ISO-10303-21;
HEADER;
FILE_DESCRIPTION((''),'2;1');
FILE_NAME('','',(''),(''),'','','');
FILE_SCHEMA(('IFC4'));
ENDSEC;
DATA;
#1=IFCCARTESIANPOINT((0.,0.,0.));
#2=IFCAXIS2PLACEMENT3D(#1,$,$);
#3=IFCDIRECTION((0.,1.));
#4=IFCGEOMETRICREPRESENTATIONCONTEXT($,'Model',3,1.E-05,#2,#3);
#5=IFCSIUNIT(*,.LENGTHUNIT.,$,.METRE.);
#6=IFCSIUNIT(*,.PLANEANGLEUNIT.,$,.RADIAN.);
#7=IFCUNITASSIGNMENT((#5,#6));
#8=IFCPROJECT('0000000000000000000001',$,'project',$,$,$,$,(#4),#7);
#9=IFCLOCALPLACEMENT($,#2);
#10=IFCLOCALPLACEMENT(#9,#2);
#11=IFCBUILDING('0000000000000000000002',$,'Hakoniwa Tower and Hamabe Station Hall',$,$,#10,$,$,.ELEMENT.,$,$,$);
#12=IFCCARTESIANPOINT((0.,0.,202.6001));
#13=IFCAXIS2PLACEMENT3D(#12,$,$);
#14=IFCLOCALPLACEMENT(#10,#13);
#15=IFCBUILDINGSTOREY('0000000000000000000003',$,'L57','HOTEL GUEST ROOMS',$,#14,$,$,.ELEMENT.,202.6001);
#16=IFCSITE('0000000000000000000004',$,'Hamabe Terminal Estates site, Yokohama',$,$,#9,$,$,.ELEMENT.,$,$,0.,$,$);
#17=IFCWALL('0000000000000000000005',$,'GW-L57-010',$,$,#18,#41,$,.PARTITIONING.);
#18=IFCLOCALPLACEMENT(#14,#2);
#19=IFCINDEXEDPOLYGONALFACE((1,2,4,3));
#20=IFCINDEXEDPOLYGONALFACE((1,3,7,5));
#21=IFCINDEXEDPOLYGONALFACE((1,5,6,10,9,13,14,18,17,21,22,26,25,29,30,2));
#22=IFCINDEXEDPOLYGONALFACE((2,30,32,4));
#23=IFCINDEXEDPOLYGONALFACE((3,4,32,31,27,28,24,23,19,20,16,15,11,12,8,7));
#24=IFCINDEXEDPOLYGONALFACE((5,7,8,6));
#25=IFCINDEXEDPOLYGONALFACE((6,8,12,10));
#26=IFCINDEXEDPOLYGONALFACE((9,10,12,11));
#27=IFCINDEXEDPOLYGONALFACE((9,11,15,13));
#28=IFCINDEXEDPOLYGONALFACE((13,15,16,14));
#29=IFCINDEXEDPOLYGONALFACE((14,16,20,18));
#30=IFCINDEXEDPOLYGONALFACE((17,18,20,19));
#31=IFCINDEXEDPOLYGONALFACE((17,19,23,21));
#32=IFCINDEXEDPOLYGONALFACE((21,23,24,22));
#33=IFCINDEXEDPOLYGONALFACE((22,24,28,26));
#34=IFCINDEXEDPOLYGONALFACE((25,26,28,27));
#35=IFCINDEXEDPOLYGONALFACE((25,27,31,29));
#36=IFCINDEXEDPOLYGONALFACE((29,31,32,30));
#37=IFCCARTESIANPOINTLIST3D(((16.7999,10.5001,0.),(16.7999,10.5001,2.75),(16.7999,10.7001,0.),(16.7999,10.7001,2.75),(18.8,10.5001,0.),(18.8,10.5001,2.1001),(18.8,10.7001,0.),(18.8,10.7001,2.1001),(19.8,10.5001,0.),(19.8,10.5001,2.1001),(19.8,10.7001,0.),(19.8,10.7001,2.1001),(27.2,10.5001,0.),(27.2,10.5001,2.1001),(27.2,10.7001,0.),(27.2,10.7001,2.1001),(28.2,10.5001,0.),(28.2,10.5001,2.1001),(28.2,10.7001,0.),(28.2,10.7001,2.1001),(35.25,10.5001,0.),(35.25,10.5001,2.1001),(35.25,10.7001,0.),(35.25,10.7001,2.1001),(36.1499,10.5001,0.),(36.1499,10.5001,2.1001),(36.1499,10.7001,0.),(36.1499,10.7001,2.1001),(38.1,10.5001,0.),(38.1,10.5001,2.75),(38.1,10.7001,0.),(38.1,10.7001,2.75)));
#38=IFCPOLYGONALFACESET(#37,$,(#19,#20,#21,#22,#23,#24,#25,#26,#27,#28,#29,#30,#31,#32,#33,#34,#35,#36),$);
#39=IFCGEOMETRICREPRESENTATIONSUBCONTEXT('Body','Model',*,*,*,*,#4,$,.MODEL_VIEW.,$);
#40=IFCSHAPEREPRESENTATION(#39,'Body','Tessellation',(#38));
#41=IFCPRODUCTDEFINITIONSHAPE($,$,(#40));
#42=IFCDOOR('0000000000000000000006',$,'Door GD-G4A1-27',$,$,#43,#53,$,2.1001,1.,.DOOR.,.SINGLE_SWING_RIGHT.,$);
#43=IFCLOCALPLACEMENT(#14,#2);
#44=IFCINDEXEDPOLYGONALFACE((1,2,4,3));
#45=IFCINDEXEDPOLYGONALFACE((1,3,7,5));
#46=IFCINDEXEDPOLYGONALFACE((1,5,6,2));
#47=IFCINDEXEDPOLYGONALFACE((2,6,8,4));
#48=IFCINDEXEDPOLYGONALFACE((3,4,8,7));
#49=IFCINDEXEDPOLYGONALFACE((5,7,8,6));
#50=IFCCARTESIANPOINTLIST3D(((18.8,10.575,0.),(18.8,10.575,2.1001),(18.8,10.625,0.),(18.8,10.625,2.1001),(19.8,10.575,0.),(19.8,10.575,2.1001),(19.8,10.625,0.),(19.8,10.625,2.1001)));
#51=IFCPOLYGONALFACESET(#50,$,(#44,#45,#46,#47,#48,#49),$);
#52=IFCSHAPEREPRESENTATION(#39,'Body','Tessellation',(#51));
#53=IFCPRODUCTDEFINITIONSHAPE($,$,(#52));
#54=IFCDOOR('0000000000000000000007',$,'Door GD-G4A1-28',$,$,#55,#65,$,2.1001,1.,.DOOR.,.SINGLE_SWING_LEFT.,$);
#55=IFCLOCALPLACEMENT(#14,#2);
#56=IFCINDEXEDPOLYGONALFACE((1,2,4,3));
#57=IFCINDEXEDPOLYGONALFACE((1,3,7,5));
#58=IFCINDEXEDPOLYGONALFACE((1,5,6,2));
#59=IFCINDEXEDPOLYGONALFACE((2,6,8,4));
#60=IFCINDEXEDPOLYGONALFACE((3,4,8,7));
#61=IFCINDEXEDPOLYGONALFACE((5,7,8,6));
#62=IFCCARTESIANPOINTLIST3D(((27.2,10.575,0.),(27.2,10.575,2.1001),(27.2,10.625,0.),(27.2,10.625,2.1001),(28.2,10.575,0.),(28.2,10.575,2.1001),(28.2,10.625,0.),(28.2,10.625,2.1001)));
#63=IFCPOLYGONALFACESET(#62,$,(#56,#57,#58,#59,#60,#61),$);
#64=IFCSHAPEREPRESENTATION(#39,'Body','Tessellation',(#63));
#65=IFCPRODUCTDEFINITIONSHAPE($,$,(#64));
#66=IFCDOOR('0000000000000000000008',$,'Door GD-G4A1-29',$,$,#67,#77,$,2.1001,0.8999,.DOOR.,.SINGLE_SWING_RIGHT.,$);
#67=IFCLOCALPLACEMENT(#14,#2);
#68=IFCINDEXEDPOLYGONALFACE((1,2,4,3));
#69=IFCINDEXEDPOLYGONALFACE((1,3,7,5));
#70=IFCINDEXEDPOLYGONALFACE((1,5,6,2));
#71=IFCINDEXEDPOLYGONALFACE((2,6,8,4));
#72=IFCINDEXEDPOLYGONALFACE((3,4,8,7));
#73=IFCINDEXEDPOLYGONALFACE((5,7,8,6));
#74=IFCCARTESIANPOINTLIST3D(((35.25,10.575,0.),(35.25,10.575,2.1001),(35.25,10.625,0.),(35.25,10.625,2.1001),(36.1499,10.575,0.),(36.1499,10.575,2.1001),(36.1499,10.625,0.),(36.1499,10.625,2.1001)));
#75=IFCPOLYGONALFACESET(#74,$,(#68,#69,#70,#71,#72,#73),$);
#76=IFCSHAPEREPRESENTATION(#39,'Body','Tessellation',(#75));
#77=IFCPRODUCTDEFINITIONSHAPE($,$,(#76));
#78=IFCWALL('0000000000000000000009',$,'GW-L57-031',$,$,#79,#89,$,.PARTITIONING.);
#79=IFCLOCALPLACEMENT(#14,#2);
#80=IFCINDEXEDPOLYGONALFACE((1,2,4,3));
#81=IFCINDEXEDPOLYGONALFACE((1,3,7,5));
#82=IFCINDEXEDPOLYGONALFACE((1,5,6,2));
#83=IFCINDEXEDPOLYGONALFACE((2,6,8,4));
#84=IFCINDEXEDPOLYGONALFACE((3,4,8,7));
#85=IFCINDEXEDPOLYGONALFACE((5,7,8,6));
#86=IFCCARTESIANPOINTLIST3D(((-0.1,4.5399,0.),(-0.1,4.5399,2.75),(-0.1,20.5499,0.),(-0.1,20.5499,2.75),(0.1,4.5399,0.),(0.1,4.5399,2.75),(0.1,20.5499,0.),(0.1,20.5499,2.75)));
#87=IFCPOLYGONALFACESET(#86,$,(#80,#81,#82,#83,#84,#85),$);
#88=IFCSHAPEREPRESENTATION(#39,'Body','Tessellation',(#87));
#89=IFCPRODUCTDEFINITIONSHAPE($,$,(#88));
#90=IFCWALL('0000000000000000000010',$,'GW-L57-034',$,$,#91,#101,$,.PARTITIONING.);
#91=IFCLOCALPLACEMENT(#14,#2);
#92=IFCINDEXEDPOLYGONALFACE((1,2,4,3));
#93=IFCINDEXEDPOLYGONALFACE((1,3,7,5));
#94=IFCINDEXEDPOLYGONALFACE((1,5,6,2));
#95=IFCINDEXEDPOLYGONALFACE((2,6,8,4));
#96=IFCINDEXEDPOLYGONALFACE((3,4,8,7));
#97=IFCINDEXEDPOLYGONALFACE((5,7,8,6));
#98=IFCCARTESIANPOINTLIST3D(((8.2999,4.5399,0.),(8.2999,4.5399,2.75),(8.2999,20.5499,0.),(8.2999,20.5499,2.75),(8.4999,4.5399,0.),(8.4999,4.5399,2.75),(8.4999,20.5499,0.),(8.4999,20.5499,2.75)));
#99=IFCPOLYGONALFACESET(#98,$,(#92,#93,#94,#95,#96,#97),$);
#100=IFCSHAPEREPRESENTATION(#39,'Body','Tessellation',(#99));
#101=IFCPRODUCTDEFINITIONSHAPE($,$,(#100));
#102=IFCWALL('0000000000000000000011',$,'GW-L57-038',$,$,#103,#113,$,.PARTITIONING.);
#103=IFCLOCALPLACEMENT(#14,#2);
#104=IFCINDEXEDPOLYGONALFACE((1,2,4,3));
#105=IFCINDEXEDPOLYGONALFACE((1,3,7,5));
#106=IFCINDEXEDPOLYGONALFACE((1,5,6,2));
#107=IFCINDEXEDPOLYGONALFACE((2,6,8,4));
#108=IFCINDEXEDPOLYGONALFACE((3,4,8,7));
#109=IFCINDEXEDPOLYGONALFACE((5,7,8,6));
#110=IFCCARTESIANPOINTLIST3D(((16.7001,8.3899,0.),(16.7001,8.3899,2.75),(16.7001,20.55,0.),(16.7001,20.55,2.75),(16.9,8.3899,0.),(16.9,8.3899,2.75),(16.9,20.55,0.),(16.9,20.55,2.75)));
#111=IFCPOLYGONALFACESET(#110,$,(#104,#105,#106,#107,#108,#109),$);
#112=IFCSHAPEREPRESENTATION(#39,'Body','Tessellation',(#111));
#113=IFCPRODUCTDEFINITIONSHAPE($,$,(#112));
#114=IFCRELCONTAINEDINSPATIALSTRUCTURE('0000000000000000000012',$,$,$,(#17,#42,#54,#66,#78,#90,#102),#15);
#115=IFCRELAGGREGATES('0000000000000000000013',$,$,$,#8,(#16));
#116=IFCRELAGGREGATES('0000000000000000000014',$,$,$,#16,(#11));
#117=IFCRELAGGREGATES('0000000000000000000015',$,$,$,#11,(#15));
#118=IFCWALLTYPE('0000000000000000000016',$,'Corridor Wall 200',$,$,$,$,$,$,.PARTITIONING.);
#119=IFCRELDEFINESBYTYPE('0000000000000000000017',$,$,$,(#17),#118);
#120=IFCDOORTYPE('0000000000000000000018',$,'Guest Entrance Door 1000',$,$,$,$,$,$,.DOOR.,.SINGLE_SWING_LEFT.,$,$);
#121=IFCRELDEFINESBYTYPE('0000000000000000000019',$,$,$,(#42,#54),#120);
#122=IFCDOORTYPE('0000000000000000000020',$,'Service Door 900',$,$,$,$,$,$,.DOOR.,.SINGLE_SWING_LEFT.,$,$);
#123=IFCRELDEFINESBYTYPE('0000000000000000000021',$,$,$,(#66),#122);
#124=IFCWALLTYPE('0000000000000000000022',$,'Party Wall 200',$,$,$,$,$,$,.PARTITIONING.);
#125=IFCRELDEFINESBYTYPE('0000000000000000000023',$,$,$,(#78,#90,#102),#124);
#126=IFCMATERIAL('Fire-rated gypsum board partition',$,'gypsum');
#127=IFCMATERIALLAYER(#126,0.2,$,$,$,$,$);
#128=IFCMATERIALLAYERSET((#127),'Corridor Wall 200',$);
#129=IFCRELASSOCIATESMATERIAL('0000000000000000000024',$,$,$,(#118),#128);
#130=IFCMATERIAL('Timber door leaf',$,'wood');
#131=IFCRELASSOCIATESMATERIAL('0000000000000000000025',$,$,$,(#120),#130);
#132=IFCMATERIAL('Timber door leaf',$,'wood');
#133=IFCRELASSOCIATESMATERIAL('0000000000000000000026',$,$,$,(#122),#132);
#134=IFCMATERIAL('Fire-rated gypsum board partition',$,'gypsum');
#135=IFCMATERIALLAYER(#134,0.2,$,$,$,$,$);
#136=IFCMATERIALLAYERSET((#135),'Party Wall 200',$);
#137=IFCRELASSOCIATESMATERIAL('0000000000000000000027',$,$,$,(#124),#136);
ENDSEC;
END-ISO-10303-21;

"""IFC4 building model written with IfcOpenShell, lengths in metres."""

from ifc_helpers import new_model, si_unit, direction, frame, frame_2d, origin, place, context, subcontext, project, spatial, rectangle, extrude, material, layer, layer_set, type_object, element, fill, save


model = new_model("IFC4")

# Units and contexts
model_context = context("Model", 3, precision=1e-05, world=origin(), true_north=direction((0.0, 1.0)))
body_context = subcontext(model_context, "Body", "Model", "MODEL_VIEW")
ifc_project = project(units=[si_unit("LENGTHUNIT", "METRE"), si_unit("PLANEANGLEUNIT", "RADIAN")], contexts=[model_context])

# Site, building, storey
site_placement = place(None, origin())
site = spatial("IfcSite", under=ifc_project, at=site_placement, Name="Hamabe Terminal Estates site, Yokohama", CompositionType="ELEMENT", RefElevation=0.0)
building_placement = place(site_placement, origin())
building = spatial("IfcBuilding", under=site, at=building_placement, Name="Hakoniwa Tower and Hamabe Station Hall", CompositionType="ELEMENT")
storey_placement = place(building_placement, frame((0.0, 0.0, 202.6001)))
storey = spatial("IfcBuildingStorey", under=building, at=storey_placement, Name="L57", Description="HOTEL GUEST ROOMS", CompositionType="ELEMENT", Elevation=202.6001)

# Wall, openings, doors
ifc_material_1 = material(Name="Fire-rated gypsum board partition", Category="gypsum")
ifc_layer_1 = layer(ifc_material_1, 0.2)
ifc_layer_set_1 = layer_set([ifc_layer_1], Name="Corridor Wall 200")
wall_type_1 = type_object("IfcWallType", Name="Corridor Wall 200", PredefinedType="PARTITIONING", material=ifc_layer_set_1)
wall_1_placement = place(storey_placement, frame((16.8, 10.6001, 0.0), z_axis=(0.0, 0.0, 1.0), x_axis=(1.0, 0.0, 0.0)))
wall_1 = element("IfcWall", 1, at=wall_1_placement, inside=storey, type_object=wall_type_1, Name="GW-L57-010", PredefinedType="PARTITIONING", context=body_context, shape_type="SweptSolid", body=[
    extrude(rectangle(XDim=21.3, YDim=0.2, at=frame_2d((10.6499, 0.0))), origin(), (0.0, 0.0, 1.0), 2.75),
])
opening_1_placement = place(wall_1_placement, frame((2.0, 0.0, 0.0)))
opening_1 = element("IfcOpeningElement", 2, at=opening_1_placement, cuts=wall_1, PredefinedType="OPENING", context=body_context, shape_type="SweptSolid", body=[
    extrude(rectangle(XDim=1.0, YDim=2.1001, at=frame_2d((0.5, 1.05))), frame((0.0, 0.1099, 0.0), z_axis=(0.0, -1.0, 0.0), x_axis=(1.0, 0.0, 0.0)), (0.0, 0.0, 1.0), 0.22),
])
opening_2_placement = place(wall_1_placement, frame((10.3999, 0.0, 0.0)))
opening_2 = element("IfcOpeningElement", 3, at=opening_2_placement, cuts=wall_1, PredefinedType="OPENING", context=body_context, shape_type="SweptSolid", body=[
    extrude(rectangle(XDim=1.0, YDim=2.1001, at=frame_2d((0.5, 1.05))), frame((0.0, 0.1099, 0.0), z_axis=(0.0, -1.0, 0.0), x_axis=(1.0, 0.0, 0.0)), (0.0, 0.0, 1.0), 0.22),
])
opening_3_placement = place(wall_1_placement, frame((18.45, 0.0, 0.0)))
opening_3 = element("IfcOpeningElement", 4, at=opening_3_placement, cuts=wall_1, PredefinedType="OPENING", context=body_context, shape_type="SweptSolid", body=[
    extrude(rectangle(XDim=0.8999, YDim=2.1001, at=frame_2d((0.45, 1.05))), frame((0.0, 0.1099, 0.0), z_axis=(0.0, -1.0, 0.0), x_axis=(1.0, 0.0, 0.0)), (0.0, 0.0, 1.0), 0.22),
])
ifc_material_2 = material(Name="Timber door leaf", Category="wood")
door_type_1 = type_object("IfcDoorType", Name="Guest Entrance Door 1000", OperationType="SINGLE_SWING_LEFT", PredefinedType="DOOR", material=ifc_material_2)
door_1_placement = place(opening_1_placement, origin())
door_1 = element("IfcDoor", 5, at=door_1_placement, inside=storey, type_object=door_type_1, Name="Door GD-G4A1-27", OperationType="SINGLE_SWING_RIGHT", OverallHeight=2.1001, OverallWidth=1.0, PredefinedType="DOOR", context=body_context, shape_type="SweptSolid", body=[
    extrude(rectangle(XDim=1.0, YDim=2.1001, at=frame_2d((0.5, 1.05))), frame((0.0, 0.0249, 0.0), z_axis=(0.0, -1.0, 0.0), x_axis=(1.0, 0.0, 0.0)), (0.0, 0.0, 1.0), 0.05),
])
fill(opening_1, door_1)
door_2_placement = place(opening_2_placement, origin())
door_2 = element("IfcDoor", 6, at=door_2_placement, inside=storey, type_object=door_type_1, Name="Door GD-G4A1-28", OperationType="SINGLE_SWING_LEFT", OverallHeight=2.1001, OverallWidth=1.0, PredefinedType="DOOR", context=body_context, shape_type="SweptSolid", body=[
    extrude(rectangle(XDim=1.0, YDim=2.1001, at=frame_2d((0.5, 1.05))), frame((0.0, 0.0249, 0.0), z_axis=(0.0, -1.0, 0.0), x_axis=(1.0, 0.0, 0.0)), (0.0, 0.0, 1.0), 0.05),
])
fill(opening_2, door_2)
ifc_material_3 = material(Name="Timber door leaf", Category="wood")
door_type_2 = type_object("IfcDoorType", Name="Service Door 900", OperationType="SINGLE_SWING_LEFT", PredefinedType="DOOR", material=ifc_material_3)
door_3_placement = place(opening_3_placement, origin())
door_3 = element("IfcDoor", 7, at=door_3_placement, inside=storey, type_object=door_type_2, Name="Door GD-G4A1-29", OperationType="SINGLE_SWING_RIGHT", OverallHeight=2.1001, OverallWidth=0.8999, PredefinedType="DOOR", context=body_context, shape_type="SweptSolid", body=[
    extrude(rectangle(XDim=0.8999, YDim=2.1001, at=frame_2d((0.45, 1.05))), frame((0.0, 0.0249, 0.0), z_axis=(0.0, -1.0, 0.0), x_axis=(1.0, 0.0, 0.0)), (0.0, 0.0, 1.0), 0.05),
])
fill(opening_3, door_3)

# Walls
ifc_material_4 = material(Name="Fire-rated gypsum board partition", Category="gypsum")
ifc_layer_2 = layer(ifc_material_4, 0.2)
ifc_layer_set_2 = layer_set([ifc_layer_2], Name="Party Wall 200")
wall_type_2 = type_object("IfcWallType", Name="Party Wall 200", PredefinedType="PARTITIONING", material=ifc_layer_set_2)
for number, where, z_axis, x_axis, name in (
    (8, (0.0, 4.54, 0.0), (0.0, 0.0, 1.0), (0.0, 1.0, 0.0), "GW-L57-031"),
    (9, (8.3999, 4.54, 0.0), (0.0, 0.0, 1.0), (0.0, 1.0, 0.0), "GW-L57-034"),
):
    element("IfcWall", number, at=place(storey_placement, frame(where, z_axis=z_axis, x_axis=x_axis)), inside=storey, type_object=wall_type_2, Name=name, PredefinedType="PARTITIONING", context=body_context, shape_type="SweptSolid", body=[
        extrude(rectangle(XDim=16.01, YDim=0.2, at=frame_2d((8.0049, 0.0))), origin(), (0.0, 0.0, 1.0), 2.75),
    ])
wall_2_placement = place(storey_placement, frame((16.8, 8.3899, 0.0), z_axis=(0.0, 0.0, 1.0), x_axis=(0.0, 1.0, 0.0)))
element("IfcWall", 10, at=wall_2_placement, inside=storey, type_object=wall_type_2, Name="GW-L57-038", PredefinedType="PARTITIONING", context=body_context, shape_type="SweptSolid", body=[
    extrude(rectangle(XDim=12.1602, YDim=0.2, at=frame_2d((6.0801, 0.0))), origin(), (0.0, 0.0, 1.0), 2.75),
])

save(model, "model.ifc")
